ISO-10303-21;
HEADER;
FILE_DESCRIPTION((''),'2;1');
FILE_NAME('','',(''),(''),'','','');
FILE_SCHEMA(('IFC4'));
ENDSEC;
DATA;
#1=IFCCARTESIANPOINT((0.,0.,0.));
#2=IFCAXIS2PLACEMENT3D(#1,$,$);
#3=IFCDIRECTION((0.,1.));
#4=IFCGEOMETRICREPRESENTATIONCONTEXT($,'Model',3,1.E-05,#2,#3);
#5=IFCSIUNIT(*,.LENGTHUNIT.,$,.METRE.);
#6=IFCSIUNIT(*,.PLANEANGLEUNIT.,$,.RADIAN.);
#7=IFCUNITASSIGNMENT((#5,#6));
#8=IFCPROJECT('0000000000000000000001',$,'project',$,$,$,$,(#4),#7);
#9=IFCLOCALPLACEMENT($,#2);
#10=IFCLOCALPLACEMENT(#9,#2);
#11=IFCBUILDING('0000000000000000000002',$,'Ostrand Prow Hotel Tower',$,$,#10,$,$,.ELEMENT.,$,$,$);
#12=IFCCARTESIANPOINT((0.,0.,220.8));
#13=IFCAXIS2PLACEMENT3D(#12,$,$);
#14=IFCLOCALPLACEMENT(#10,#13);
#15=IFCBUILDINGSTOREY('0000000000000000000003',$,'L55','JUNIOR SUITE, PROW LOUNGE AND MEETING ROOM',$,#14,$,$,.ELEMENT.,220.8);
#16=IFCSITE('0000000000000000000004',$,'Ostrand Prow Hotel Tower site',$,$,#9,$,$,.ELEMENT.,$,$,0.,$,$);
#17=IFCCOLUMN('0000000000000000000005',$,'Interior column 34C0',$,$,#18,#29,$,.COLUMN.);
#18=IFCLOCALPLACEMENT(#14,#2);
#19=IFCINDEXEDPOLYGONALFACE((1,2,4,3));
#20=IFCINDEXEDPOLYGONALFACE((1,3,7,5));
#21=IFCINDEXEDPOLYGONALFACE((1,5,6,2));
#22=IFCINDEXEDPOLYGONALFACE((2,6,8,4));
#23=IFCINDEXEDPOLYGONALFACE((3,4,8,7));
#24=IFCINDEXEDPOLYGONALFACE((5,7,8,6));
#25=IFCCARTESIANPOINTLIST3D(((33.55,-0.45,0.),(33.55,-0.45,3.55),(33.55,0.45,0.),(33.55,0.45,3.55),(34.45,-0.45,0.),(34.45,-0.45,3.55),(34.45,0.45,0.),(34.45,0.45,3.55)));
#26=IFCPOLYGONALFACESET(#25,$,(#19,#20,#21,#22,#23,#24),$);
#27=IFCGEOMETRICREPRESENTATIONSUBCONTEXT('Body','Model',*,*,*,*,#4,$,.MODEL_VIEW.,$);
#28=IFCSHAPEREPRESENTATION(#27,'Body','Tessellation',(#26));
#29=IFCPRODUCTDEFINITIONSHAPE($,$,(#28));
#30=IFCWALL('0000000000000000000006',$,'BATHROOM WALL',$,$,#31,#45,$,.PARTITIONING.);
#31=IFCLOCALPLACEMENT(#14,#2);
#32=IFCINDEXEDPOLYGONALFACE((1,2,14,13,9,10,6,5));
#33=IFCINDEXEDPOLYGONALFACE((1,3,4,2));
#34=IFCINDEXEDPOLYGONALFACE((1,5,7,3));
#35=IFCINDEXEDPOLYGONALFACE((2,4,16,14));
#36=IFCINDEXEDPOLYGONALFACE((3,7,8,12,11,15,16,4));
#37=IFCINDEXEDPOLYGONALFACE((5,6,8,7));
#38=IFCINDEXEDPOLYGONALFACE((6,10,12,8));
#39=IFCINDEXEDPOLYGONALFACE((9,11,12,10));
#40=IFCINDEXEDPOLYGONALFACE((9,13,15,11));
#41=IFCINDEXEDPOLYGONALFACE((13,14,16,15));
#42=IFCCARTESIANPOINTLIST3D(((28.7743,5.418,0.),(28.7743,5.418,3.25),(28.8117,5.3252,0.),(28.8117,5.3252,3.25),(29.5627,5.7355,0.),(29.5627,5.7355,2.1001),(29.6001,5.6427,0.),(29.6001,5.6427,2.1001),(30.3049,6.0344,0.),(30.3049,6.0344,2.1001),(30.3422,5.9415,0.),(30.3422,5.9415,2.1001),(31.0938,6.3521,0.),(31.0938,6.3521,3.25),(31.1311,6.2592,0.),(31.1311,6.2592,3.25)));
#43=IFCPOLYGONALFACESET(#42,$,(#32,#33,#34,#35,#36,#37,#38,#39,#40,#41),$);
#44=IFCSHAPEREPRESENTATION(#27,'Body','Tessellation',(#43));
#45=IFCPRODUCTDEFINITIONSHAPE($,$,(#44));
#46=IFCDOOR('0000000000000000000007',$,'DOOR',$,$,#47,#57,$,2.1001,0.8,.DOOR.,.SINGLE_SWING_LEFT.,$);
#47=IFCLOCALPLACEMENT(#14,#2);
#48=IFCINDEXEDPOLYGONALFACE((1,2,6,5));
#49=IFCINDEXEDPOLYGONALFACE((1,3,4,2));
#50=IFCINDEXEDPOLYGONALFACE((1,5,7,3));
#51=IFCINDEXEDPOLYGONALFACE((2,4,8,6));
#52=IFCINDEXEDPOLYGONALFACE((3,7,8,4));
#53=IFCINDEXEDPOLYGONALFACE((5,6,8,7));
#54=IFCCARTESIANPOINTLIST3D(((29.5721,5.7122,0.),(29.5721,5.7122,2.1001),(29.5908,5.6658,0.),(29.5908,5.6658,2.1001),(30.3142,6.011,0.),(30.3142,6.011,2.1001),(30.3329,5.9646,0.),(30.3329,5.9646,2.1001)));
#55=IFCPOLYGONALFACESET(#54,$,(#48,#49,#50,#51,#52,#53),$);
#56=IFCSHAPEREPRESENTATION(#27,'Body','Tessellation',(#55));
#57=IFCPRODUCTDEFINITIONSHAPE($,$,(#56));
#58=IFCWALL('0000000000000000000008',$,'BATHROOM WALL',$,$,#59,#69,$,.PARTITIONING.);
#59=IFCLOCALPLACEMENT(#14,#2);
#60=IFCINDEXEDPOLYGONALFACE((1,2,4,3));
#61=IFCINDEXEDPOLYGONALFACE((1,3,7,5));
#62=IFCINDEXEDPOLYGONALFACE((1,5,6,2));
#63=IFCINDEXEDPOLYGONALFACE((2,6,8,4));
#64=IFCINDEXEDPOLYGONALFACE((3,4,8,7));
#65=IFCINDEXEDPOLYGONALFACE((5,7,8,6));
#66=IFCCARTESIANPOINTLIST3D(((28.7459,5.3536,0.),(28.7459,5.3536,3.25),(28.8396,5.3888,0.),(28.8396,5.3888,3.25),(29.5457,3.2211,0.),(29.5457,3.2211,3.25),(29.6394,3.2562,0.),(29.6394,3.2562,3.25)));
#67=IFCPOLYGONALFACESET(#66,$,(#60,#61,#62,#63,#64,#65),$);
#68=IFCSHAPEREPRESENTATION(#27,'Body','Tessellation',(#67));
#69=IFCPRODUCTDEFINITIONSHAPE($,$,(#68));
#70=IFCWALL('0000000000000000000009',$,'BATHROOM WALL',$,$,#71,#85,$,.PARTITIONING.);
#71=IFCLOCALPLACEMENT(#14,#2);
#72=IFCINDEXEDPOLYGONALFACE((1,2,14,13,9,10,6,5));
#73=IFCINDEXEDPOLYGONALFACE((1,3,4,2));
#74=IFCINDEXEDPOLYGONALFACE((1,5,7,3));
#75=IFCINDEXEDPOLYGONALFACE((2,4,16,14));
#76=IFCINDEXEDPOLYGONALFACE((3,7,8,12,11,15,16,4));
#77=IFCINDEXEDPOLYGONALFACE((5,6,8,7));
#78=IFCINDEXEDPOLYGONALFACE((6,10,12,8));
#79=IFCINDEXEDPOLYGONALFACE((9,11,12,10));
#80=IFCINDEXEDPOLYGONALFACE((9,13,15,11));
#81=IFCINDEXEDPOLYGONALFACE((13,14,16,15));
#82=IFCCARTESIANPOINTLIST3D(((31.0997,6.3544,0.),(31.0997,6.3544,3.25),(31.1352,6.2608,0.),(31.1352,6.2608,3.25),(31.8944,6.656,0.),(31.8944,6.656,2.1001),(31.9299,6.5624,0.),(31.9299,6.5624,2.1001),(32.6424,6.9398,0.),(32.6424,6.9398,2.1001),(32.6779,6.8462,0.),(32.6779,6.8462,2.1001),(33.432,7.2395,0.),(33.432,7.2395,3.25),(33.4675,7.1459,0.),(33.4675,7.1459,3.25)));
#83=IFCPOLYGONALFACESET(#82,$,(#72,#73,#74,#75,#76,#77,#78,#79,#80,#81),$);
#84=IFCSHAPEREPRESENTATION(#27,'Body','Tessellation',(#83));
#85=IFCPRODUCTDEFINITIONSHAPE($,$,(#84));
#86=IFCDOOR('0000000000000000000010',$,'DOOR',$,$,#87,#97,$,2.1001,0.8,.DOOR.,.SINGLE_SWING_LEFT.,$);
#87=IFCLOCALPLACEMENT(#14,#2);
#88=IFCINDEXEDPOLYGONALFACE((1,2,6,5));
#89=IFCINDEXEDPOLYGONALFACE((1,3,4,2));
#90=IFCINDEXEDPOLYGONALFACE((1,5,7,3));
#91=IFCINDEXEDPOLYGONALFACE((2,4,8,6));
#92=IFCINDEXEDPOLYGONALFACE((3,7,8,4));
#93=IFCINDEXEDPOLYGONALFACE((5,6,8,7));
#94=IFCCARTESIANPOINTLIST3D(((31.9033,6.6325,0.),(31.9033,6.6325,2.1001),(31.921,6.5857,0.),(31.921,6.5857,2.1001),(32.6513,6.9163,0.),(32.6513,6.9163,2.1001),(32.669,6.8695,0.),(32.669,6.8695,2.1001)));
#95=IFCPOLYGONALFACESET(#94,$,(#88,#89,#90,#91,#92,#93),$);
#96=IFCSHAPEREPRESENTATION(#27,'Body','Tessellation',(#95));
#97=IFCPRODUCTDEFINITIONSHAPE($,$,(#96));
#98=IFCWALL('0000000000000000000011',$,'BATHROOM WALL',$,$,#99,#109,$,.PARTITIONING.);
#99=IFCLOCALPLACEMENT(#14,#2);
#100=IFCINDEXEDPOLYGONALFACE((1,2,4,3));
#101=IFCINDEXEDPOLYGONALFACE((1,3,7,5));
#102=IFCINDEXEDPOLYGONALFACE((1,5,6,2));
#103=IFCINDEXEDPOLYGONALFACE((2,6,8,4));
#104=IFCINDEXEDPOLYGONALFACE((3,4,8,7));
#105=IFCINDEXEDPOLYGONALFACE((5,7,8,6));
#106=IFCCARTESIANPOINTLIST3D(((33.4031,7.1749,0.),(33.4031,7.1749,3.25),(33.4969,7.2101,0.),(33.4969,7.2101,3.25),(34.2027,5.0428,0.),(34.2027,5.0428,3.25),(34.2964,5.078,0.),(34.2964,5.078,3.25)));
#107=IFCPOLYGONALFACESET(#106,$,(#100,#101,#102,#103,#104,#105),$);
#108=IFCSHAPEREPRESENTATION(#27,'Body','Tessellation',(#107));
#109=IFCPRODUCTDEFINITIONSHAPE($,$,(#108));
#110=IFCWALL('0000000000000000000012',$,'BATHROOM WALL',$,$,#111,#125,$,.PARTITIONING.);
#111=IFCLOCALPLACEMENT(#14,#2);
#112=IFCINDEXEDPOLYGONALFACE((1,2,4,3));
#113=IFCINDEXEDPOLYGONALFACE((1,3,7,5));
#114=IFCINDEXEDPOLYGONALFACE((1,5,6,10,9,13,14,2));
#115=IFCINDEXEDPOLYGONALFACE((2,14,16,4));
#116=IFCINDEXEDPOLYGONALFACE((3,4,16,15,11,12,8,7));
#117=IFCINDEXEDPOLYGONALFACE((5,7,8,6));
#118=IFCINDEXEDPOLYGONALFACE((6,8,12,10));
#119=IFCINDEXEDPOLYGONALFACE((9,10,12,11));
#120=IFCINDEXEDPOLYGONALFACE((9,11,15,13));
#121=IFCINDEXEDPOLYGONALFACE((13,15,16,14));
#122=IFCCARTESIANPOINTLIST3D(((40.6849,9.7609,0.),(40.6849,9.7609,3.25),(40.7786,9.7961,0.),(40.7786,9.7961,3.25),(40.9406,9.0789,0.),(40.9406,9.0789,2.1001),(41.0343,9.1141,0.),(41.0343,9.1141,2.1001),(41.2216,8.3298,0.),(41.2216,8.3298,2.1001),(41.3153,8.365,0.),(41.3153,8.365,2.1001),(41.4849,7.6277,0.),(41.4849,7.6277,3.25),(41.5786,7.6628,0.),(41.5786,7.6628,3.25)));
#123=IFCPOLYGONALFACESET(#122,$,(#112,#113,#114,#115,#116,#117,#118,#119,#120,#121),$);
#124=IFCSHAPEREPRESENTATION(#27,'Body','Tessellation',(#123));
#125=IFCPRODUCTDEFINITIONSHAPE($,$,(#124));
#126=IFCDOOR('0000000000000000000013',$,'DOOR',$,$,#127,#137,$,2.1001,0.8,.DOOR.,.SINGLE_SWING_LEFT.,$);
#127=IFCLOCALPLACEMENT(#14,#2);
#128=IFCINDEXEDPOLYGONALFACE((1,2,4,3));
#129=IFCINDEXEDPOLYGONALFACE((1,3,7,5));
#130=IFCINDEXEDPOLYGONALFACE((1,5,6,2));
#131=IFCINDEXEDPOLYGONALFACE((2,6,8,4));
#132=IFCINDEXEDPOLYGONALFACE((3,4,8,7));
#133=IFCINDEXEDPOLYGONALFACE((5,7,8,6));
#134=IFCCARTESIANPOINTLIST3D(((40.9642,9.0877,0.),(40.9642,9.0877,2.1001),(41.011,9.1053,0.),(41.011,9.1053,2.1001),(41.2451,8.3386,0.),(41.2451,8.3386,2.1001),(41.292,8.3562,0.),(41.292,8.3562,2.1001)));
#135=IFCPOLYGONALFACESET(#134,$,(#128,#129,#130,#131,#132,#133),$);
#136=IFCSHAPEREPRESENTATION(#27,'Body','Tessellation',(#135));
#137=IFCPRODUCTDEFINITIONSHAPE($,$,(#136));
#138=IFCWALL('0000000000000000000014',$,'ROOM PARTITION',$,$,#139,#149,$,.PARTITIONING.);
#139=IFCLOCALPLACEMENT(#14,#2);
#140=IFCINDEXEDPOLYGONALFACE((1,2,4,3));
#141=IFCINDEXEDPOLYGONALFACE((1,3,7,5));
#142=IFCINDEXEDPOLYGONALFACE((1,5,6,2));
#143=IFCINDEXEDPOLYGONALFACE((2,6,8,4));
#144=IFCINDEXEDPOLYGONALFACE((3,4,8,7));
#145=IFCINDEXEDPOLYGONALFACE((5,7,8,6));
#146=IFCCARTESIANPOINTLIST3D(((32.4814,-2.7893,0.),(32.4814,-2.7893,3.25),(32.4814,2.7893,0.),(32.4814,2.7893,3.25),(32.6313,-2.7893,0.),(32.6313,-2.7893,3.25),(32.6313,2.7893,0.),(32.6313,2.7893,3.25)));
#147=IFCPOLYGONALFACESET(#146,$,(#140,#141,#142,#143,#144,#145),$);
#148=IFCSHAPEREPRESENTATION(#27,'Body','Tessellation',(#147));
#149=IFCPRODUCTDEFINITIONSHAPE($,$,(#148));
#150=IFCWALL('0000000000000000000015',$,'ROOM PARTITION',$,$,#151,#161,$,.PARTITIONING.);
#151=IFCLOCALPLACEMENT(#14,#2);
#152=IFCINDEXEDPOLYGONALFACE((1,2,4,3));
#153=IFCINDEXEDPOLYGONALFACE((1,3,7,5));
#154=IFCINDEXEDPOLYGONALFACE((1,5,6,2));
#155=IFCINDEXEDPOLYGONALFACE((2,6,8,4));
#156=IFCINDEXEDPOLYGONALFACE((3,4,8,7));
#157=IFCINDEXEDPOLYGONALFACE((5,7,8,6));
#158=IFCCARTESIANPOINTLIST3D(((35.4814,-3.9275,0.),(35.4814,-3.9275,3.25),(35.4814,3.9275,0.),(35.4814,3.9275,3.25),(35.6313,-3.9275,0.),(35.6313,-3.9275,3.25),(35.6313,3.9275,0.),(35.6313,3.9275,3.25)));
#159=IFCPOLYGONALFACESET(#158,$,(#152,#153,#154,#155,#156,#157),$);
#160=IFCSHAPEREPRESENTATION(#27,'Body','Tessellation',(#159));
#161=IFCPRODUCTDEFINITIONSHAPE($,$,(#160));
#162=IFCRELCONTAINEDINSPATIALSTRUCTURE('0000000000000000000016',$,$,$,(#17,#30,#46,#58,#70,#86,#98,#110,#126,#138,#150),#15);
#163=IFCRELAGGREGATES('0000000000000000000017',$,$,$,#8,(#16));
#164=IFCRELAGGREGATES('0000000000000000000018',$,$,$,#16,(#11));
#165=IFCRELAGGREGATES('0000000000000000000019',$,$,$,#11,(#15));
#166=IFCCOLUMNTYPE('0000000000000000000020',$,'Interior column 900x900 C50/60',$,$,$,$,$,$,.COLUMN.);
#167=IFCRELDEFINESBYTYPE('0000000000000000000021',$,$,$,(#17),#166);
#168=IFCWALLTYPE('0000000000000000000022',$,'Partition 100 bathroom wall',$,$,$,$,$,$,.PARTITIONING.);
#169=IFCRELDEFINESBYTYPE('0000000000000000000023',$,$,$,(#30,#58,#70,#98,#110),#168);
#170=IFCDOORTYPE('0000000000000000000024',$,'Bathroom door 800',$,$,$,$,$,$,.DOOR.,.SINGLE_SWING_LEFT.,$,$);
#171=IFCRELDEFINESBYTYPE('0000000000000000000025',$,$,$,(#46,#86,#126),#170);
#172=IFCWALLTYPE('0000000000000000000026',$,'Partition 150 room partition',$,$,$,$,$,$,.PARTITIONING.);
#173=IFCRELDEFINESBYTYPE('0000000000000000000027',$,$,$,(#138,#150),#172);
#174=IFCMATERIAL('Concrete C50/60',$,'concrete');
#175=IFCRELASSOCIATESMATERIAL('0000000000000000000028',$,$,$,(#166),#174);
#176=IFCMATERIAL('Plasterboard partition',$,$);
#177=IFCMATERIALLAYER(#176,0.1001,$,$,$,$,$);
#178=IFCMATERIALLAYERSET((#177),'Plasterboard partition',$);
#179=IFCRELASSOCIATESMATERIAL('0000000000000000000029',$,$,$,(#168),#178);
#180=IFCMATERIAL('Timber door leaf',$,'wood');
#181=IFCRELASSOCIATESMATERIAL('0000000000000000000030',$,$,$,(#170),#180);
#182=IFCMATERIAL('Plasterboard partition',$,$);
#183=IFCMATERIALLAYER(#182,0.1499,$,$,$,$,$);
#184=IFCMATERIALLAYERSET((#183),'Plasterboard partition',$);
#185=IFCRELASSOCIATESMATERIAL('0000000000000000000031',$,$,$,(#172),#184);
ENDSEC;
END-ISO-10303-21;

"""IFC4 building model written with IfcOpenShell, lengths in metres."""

from ifc_helpers import new_model, si_unit, direction, frame, frame_2d, origin, origin_2d, place, context, subcontext, project, spatial, rectangle, extrude, material, layer, layer_set, material_profile, profile_set, type_object, element, fill, save


model = new_model("IFC4")

# Units and contexts
model_context = context("Model", 3, precision=1e-05, world=origin(), true_north=direction((0.0, 1.0)))
body_context = subcontext(model_context, "Body", "Model", "MODEL_VIEW")
ifc_project = project(units=[si_unit("LENGTHUNIT", "METRE"), si_unit("PLANEANGLEUNIT", "RADIAN")], contexts=[model_context])

# Site, building, storey
site_placement = place(None, origin())
site = spatial("IfcSite", under=ifc_project, at=site_placement, Name="Ostrand Prow Hotel Tower site", CompositionType="ELEMENT", RefElevation=0.0)
building_placement = place(site_placement, origin())
building = spatial("IfcBuilding", under=site, at=building_placement, Name="Ostrand Prow Hotel Tower", CompositionType="ELEMENT")
storey_placement = place(building_placement, frame((0.0, 0.0, 220.8)))
storey = spatial("IfcBuildingStorey", under=building, at=storey_placement, Name="L55", Description="JUNIOR SUITE, PROW LOUNGE AND MEETING ROOM", CompositionType="ELEMENT", Elevation=220.8)

# Column
ifc_material_1 = material(Name="Concrete C50/60", Category="concrete")
ifc_material_profile = material_profile(ifc_material_1, rectangle(XDim=0.8999, YDim=0.8999, at=origin_2d()), Name="RC 900x900")
ifc_profile_set = profile_set([ifc_material_profile], Name="Concrete C50/60")
column_type = type_object("IfcColumnType", Name="Interior column 900x900 C50/60", PredefinedType="COLUMN", material=ifc_profile_set)
column_placement = place(storey_placement, frame((34.0, 0.0, 0.0), z_axis=(0.0, 0.0, 1.0), x_axis=(1.0, 0.0, 0.0)))
element("IfcColumn", 1, at=column_placement, inside=storey, type_object=column_type, Name="Interior column 34C0", PredefinedType="COLUMN", context=body_context, shape_type="SweptSolid", body=[
    extrude(rectangle(XDim=0.8999, YDim=0.8999, at=origin_2d()), origin(), (0.0, 0.0, 1.0), 3.55),
])

# Wall, opening, door
ifc_material_2 = material(Name="Plasterboard partition")
ifc_layer_1 = layer(ifc_material_2, 0.1001)
ifc_layer_set_1 = layer_set([ifc_layer_1], Name="Plasterboard partition")
wall_type_1 = type_object("IfcWallType", Name="Partition 100 bathroom wall", PredefinedType="PARTITIONING", material=ifc_layer_set_1)
wall_1_placement = place(storey_placement, frame((28.793, 5.3716, 0.0), z_axis=(0.0, 0.0, 1.0), x_axis=(0.927612, 0.373544, 0.0)))
wall_1 = element("IfcWall", 2, at=wall_1_placement, inside=storey, type_object=wall_type_1, Name="BATHROOM WALL", PredefinedType="PARTITIONING", context=body_context, shape_type="SweptSolid", body=[
    extrude(rectangle(XDim=2.5005, YDim=0.1001, at=frame_2d((1.2502, 0.0))), origin(), (0.0, 0.0, 1.0), 3.25),
])
opening_1_placement = place(wall_1_placement, frame((0.8501, 0.0, 0.0)))
opening_1 = element("IfcOpeningElement", 3, at=opening_1_placement, cuts=wall_1, PredefinedType="OPENING", context=body_context, shape_type="SweptSolid", body=[
    extrude(rectangle(XDim=0.8, YDim=2.1001, at=frame_2d((0.3999, 1.05))), frame((0.0, 0.0601, 0.0), z_axis=(0.0, -1.0, 0.0), x_axis=(1.0, 0.0, 0.0)), (0.0, 0.0, 1.0), 0.1201),
])
ifc_material_3 = material(Name="Timber door leaf", Category="wood")
door_type_1 = type_object("IfcDoorType", Name="Bathroom door 800", OperationType="SINGLE_SWING_LEFT", PredefinedType="DOOR", material=ifc_material_3)
door_1_placement = place(opening_1_placement, origin())
door_1 = element("IfcDoor", 4, at=door_1_placement, inside=storey, type_object=door_type_1, Name="DOOR", OperationType="SINGLE_SWING_LEFT", OverallHeight=2.1001, OverallWidth=0.8, PredefinedType="DOOR", context=body_context, shape_type="SweptSolid", body=[
    extrude(rectangle(XDim=0.8, YDim=2.1001, at=frame_2d((0.3999, 1.05))), frame((0.0, 0.0249, 0.0), z_axis=(0.0, -1.0, 0.0), x_axis=(1.0, 0.0, 0.0)), (0.0, 0.0, 1.0), 0.05),
])
fill(opening_1, door_1)

# Wall
wall_2_placement = place(storey_placement, frame((29.5925, 3.2388, 0.0), z_axis=(0.0, 0.0, 1.0), x_axis=(-0.351159, 0.936316, 0.0)))
element("IfcWall", 5, at=wall_2_placement, inside=storey, type_object=wall_type_1, Name="BATHROOM WALL", PredefinedType="PARTITIONING", context=body_context, shape_type="SweptSolid", body=[
    extrude(rectangle(XDim=2.2776, YDim=0.1001, at=frame_2d((1.1387, 0.0))), origin(), (0.0, 0.0, 1.0), 3.25),
])

# Wall, opening, door
wall_3_placement = place(storey_placement, frame((31.1174, 6.3076, 0.0), z_axis=(0.0, 0.0, 1.0), x_axis=(0.934951, 0.354778, 0.0)))
wall_3 = element("IfcWall", 6, at=wall_3_placement, inside=storey, type_object=wall_type_1, Name="BATHROOM WALL", PredefinedType="PARTITIONING", context=body_context, shape_type="SweptSolid", body=[
    extrude(rectangle(XDim=2.4946, YDim=0.1001, at=frame_2d((1.2473, 0.0))), origin(), (0.0, 0.0, 1.0), 3.25),
])
opening_2_placement = place(wall_3_placement, frame((0.8501, 0.0, 0.0)))
opening_2 = element("IfcOpeningElement", 7, at=opening_2_placement, cuts=wall_3, PredefinedType="OPENING", context=body_context, shape_type="SweptSolid", body=[
    extrude(rectangle(XDim=0.8, YDim=2.1001, at=frame_2d((0.3999, 1.05))), frame((0.0, 0.0601, 0.0), z_axis=(0.0, -1.0, 0.0), x_axis=(1.0, 0.0, 0.0)), (0.0, 0.0, 1.0), 0.1201),
])
door_2_placement = place(opening_2_placement, origin())
door_2 = element("IfcDoor", 8, at=door_2_placement, inside=storey, type_object=door_type_1, Name="DOOR", OperationType="SINGLE_SWING_LEFT", OverallHeight=2.1001, OverallWidth=0.8, PredefinedType="DOOR", context=body_context, shape_type="SweptSolid", body=[
    extrude(rectangle(XDim=0.8, YDim=2.1001, at=frame_2d((0.3999, 1.05))), frame((0.0, 0.0249, 0.0), z_axis=(0.0, -1.0, 0.0), x_axis=(1.0, 0.0, 0.0)), (0.0, 0.0, 1.0), 0.05),
])
fill(opening_2, door_2)

# Wall
wall_4_placement = place(storey_placement, frame((33.45, 7.1926, 0.0), z_axis=(0.0, 0.0, 1.0), x_axis=(0.351135, -0.936325, 0.0)))
element("IfcWall", 9, at=wall_4_placement, inside=storey, type_object=wall_type_1, Name="BATHROOM WALL", PredefinedType="PARTITIONING", context=body_context, shape_type="SweptSolid", body=[
    extrude(rectangle(XDim=2.2771, YDim=0.1001, at=frame_2d((1.1387, 0.0))), origin(), (0.0, 0.0, 1.0), 3.25),
])

# Wall, opening, door
wall_5_placement = place(storey_placement, frame((41.5317, 7.6453, 0.0), z_axis=(0.0, 0.0, 1.0), x_axis=(-0.351147, 0.93632, 0.0)))
wall_5 = element("IfcWall", 10, at=wall_5_placement, inside=storey, type_object=wall_type_1, Name="BATHROOM WALL", PredefinedType="PARTITIONING", context=body_context, shape_type="SweptSolid", body=[
    extrude(rectangle(XDim=2.2783, YDim=0.1001, at=frame_2d((1.1392, 0.0))), origin(), (0.0, 0.0, 1.0), 3.25),
])
opening_3_placement = place(wall_5_placement, frame((0.75, 0.0, 0.0)))
opening_3 = element("IfcOpeningElement", 11, at=opening_3_placement, cuts=wall_5, PredefinedType="OPENING", context=body_context, shape_type="SweptSolid", body=[
    extrude(rectangle(XDim=0.8, YDim=2.1001, at=frame_2d((0.3999, 1.05))), frame((0.0, 0.0601, 0.0), z_axis=(0.0, -1.0, 0.0), x_axis=(1.0, 0.0, 0.0)), (0.0, 0.0, 1.0), 0.1201),
])
door_3_placement = place(opening_3_placement, origin())
door_3 = element("IfcDoor", 12, at=door_3_placement, inside=storey, type_object=door_type_1, Name="DOOR", OperationType="SINGLE_SWING_LEFT", OverallHeight=2.1001, OverallWidth=0.8, PredefinedType="DOOR", context=body_context, shape_type="SweptSolid", body=[
    extrude(rectangle(XDim=0.8, YDim=2.1001, at=frame_2d((0.3999, 1.05))), frame((0.0, 0.0249, 0.0), z_axis=(0.0, -1.0, 0.0), x_axis=(1.0, 0.0, 0.0)), (0.0, 0.0, 1.0), 0.05),
])
fill(opening_3, door_3)

# Walls
ifc_material_4 = material(Name="Plasterboard partition")
ifc_layer_2 = layer(ifc_material_4, 0.1499)
ifc_layer_set_2 = layer_set([ifc_layer_2], Name="Plasterboard partition")
wall_type_2 = type_object("IfcWallType", Name="Partition 150 room partition", PredefinedType="PARTITIONING", material=ifc_layer_set_2)
wall_6_placement = place(storey_placement, frame((32.5564, -2.7893, 0.0), z_axis=(0.0, 0.0, 1.0), x_axis=(0.0, 1.0, 0.0)))
element("IfcWall", 13, at=wall_6_placement, inside=storey, type_object=wall_type_2, Name="ROOM PARTITION", PredefinedType="PARTITIONING", context=body_context, shape_type="SweptSolid", body=[
    extrude(rectangle(XDim=5.5786, YDim=0.1499, at=frame_2d((2.7893, 0.0))), origin(), (0.0, 0.0, 1.0), 3.25),
])
wall_7_placement = place(storey_placement, frame((35.5564, -3.9275, 0.0), z_axis=(0.0, 0.0, 1.0), x_axis=(0.0, 1.0, 0.0)))
element("IfcWall", 14, at=wall_7_placement, inside=storey, type_object=wall_type_2, Name="ROOM PARTITION", PredefinedType="PARTITIONING", context=body_context, shape_type="SweptSolid", body=[
    extrude(rectangle(XDim=7.855, YDim=0.1499, at=frame_2d((3.9275, 0.0))), origin(), (0.0, 0.0, 1.0), 3.25),
])

save(model, "model.ifc")
